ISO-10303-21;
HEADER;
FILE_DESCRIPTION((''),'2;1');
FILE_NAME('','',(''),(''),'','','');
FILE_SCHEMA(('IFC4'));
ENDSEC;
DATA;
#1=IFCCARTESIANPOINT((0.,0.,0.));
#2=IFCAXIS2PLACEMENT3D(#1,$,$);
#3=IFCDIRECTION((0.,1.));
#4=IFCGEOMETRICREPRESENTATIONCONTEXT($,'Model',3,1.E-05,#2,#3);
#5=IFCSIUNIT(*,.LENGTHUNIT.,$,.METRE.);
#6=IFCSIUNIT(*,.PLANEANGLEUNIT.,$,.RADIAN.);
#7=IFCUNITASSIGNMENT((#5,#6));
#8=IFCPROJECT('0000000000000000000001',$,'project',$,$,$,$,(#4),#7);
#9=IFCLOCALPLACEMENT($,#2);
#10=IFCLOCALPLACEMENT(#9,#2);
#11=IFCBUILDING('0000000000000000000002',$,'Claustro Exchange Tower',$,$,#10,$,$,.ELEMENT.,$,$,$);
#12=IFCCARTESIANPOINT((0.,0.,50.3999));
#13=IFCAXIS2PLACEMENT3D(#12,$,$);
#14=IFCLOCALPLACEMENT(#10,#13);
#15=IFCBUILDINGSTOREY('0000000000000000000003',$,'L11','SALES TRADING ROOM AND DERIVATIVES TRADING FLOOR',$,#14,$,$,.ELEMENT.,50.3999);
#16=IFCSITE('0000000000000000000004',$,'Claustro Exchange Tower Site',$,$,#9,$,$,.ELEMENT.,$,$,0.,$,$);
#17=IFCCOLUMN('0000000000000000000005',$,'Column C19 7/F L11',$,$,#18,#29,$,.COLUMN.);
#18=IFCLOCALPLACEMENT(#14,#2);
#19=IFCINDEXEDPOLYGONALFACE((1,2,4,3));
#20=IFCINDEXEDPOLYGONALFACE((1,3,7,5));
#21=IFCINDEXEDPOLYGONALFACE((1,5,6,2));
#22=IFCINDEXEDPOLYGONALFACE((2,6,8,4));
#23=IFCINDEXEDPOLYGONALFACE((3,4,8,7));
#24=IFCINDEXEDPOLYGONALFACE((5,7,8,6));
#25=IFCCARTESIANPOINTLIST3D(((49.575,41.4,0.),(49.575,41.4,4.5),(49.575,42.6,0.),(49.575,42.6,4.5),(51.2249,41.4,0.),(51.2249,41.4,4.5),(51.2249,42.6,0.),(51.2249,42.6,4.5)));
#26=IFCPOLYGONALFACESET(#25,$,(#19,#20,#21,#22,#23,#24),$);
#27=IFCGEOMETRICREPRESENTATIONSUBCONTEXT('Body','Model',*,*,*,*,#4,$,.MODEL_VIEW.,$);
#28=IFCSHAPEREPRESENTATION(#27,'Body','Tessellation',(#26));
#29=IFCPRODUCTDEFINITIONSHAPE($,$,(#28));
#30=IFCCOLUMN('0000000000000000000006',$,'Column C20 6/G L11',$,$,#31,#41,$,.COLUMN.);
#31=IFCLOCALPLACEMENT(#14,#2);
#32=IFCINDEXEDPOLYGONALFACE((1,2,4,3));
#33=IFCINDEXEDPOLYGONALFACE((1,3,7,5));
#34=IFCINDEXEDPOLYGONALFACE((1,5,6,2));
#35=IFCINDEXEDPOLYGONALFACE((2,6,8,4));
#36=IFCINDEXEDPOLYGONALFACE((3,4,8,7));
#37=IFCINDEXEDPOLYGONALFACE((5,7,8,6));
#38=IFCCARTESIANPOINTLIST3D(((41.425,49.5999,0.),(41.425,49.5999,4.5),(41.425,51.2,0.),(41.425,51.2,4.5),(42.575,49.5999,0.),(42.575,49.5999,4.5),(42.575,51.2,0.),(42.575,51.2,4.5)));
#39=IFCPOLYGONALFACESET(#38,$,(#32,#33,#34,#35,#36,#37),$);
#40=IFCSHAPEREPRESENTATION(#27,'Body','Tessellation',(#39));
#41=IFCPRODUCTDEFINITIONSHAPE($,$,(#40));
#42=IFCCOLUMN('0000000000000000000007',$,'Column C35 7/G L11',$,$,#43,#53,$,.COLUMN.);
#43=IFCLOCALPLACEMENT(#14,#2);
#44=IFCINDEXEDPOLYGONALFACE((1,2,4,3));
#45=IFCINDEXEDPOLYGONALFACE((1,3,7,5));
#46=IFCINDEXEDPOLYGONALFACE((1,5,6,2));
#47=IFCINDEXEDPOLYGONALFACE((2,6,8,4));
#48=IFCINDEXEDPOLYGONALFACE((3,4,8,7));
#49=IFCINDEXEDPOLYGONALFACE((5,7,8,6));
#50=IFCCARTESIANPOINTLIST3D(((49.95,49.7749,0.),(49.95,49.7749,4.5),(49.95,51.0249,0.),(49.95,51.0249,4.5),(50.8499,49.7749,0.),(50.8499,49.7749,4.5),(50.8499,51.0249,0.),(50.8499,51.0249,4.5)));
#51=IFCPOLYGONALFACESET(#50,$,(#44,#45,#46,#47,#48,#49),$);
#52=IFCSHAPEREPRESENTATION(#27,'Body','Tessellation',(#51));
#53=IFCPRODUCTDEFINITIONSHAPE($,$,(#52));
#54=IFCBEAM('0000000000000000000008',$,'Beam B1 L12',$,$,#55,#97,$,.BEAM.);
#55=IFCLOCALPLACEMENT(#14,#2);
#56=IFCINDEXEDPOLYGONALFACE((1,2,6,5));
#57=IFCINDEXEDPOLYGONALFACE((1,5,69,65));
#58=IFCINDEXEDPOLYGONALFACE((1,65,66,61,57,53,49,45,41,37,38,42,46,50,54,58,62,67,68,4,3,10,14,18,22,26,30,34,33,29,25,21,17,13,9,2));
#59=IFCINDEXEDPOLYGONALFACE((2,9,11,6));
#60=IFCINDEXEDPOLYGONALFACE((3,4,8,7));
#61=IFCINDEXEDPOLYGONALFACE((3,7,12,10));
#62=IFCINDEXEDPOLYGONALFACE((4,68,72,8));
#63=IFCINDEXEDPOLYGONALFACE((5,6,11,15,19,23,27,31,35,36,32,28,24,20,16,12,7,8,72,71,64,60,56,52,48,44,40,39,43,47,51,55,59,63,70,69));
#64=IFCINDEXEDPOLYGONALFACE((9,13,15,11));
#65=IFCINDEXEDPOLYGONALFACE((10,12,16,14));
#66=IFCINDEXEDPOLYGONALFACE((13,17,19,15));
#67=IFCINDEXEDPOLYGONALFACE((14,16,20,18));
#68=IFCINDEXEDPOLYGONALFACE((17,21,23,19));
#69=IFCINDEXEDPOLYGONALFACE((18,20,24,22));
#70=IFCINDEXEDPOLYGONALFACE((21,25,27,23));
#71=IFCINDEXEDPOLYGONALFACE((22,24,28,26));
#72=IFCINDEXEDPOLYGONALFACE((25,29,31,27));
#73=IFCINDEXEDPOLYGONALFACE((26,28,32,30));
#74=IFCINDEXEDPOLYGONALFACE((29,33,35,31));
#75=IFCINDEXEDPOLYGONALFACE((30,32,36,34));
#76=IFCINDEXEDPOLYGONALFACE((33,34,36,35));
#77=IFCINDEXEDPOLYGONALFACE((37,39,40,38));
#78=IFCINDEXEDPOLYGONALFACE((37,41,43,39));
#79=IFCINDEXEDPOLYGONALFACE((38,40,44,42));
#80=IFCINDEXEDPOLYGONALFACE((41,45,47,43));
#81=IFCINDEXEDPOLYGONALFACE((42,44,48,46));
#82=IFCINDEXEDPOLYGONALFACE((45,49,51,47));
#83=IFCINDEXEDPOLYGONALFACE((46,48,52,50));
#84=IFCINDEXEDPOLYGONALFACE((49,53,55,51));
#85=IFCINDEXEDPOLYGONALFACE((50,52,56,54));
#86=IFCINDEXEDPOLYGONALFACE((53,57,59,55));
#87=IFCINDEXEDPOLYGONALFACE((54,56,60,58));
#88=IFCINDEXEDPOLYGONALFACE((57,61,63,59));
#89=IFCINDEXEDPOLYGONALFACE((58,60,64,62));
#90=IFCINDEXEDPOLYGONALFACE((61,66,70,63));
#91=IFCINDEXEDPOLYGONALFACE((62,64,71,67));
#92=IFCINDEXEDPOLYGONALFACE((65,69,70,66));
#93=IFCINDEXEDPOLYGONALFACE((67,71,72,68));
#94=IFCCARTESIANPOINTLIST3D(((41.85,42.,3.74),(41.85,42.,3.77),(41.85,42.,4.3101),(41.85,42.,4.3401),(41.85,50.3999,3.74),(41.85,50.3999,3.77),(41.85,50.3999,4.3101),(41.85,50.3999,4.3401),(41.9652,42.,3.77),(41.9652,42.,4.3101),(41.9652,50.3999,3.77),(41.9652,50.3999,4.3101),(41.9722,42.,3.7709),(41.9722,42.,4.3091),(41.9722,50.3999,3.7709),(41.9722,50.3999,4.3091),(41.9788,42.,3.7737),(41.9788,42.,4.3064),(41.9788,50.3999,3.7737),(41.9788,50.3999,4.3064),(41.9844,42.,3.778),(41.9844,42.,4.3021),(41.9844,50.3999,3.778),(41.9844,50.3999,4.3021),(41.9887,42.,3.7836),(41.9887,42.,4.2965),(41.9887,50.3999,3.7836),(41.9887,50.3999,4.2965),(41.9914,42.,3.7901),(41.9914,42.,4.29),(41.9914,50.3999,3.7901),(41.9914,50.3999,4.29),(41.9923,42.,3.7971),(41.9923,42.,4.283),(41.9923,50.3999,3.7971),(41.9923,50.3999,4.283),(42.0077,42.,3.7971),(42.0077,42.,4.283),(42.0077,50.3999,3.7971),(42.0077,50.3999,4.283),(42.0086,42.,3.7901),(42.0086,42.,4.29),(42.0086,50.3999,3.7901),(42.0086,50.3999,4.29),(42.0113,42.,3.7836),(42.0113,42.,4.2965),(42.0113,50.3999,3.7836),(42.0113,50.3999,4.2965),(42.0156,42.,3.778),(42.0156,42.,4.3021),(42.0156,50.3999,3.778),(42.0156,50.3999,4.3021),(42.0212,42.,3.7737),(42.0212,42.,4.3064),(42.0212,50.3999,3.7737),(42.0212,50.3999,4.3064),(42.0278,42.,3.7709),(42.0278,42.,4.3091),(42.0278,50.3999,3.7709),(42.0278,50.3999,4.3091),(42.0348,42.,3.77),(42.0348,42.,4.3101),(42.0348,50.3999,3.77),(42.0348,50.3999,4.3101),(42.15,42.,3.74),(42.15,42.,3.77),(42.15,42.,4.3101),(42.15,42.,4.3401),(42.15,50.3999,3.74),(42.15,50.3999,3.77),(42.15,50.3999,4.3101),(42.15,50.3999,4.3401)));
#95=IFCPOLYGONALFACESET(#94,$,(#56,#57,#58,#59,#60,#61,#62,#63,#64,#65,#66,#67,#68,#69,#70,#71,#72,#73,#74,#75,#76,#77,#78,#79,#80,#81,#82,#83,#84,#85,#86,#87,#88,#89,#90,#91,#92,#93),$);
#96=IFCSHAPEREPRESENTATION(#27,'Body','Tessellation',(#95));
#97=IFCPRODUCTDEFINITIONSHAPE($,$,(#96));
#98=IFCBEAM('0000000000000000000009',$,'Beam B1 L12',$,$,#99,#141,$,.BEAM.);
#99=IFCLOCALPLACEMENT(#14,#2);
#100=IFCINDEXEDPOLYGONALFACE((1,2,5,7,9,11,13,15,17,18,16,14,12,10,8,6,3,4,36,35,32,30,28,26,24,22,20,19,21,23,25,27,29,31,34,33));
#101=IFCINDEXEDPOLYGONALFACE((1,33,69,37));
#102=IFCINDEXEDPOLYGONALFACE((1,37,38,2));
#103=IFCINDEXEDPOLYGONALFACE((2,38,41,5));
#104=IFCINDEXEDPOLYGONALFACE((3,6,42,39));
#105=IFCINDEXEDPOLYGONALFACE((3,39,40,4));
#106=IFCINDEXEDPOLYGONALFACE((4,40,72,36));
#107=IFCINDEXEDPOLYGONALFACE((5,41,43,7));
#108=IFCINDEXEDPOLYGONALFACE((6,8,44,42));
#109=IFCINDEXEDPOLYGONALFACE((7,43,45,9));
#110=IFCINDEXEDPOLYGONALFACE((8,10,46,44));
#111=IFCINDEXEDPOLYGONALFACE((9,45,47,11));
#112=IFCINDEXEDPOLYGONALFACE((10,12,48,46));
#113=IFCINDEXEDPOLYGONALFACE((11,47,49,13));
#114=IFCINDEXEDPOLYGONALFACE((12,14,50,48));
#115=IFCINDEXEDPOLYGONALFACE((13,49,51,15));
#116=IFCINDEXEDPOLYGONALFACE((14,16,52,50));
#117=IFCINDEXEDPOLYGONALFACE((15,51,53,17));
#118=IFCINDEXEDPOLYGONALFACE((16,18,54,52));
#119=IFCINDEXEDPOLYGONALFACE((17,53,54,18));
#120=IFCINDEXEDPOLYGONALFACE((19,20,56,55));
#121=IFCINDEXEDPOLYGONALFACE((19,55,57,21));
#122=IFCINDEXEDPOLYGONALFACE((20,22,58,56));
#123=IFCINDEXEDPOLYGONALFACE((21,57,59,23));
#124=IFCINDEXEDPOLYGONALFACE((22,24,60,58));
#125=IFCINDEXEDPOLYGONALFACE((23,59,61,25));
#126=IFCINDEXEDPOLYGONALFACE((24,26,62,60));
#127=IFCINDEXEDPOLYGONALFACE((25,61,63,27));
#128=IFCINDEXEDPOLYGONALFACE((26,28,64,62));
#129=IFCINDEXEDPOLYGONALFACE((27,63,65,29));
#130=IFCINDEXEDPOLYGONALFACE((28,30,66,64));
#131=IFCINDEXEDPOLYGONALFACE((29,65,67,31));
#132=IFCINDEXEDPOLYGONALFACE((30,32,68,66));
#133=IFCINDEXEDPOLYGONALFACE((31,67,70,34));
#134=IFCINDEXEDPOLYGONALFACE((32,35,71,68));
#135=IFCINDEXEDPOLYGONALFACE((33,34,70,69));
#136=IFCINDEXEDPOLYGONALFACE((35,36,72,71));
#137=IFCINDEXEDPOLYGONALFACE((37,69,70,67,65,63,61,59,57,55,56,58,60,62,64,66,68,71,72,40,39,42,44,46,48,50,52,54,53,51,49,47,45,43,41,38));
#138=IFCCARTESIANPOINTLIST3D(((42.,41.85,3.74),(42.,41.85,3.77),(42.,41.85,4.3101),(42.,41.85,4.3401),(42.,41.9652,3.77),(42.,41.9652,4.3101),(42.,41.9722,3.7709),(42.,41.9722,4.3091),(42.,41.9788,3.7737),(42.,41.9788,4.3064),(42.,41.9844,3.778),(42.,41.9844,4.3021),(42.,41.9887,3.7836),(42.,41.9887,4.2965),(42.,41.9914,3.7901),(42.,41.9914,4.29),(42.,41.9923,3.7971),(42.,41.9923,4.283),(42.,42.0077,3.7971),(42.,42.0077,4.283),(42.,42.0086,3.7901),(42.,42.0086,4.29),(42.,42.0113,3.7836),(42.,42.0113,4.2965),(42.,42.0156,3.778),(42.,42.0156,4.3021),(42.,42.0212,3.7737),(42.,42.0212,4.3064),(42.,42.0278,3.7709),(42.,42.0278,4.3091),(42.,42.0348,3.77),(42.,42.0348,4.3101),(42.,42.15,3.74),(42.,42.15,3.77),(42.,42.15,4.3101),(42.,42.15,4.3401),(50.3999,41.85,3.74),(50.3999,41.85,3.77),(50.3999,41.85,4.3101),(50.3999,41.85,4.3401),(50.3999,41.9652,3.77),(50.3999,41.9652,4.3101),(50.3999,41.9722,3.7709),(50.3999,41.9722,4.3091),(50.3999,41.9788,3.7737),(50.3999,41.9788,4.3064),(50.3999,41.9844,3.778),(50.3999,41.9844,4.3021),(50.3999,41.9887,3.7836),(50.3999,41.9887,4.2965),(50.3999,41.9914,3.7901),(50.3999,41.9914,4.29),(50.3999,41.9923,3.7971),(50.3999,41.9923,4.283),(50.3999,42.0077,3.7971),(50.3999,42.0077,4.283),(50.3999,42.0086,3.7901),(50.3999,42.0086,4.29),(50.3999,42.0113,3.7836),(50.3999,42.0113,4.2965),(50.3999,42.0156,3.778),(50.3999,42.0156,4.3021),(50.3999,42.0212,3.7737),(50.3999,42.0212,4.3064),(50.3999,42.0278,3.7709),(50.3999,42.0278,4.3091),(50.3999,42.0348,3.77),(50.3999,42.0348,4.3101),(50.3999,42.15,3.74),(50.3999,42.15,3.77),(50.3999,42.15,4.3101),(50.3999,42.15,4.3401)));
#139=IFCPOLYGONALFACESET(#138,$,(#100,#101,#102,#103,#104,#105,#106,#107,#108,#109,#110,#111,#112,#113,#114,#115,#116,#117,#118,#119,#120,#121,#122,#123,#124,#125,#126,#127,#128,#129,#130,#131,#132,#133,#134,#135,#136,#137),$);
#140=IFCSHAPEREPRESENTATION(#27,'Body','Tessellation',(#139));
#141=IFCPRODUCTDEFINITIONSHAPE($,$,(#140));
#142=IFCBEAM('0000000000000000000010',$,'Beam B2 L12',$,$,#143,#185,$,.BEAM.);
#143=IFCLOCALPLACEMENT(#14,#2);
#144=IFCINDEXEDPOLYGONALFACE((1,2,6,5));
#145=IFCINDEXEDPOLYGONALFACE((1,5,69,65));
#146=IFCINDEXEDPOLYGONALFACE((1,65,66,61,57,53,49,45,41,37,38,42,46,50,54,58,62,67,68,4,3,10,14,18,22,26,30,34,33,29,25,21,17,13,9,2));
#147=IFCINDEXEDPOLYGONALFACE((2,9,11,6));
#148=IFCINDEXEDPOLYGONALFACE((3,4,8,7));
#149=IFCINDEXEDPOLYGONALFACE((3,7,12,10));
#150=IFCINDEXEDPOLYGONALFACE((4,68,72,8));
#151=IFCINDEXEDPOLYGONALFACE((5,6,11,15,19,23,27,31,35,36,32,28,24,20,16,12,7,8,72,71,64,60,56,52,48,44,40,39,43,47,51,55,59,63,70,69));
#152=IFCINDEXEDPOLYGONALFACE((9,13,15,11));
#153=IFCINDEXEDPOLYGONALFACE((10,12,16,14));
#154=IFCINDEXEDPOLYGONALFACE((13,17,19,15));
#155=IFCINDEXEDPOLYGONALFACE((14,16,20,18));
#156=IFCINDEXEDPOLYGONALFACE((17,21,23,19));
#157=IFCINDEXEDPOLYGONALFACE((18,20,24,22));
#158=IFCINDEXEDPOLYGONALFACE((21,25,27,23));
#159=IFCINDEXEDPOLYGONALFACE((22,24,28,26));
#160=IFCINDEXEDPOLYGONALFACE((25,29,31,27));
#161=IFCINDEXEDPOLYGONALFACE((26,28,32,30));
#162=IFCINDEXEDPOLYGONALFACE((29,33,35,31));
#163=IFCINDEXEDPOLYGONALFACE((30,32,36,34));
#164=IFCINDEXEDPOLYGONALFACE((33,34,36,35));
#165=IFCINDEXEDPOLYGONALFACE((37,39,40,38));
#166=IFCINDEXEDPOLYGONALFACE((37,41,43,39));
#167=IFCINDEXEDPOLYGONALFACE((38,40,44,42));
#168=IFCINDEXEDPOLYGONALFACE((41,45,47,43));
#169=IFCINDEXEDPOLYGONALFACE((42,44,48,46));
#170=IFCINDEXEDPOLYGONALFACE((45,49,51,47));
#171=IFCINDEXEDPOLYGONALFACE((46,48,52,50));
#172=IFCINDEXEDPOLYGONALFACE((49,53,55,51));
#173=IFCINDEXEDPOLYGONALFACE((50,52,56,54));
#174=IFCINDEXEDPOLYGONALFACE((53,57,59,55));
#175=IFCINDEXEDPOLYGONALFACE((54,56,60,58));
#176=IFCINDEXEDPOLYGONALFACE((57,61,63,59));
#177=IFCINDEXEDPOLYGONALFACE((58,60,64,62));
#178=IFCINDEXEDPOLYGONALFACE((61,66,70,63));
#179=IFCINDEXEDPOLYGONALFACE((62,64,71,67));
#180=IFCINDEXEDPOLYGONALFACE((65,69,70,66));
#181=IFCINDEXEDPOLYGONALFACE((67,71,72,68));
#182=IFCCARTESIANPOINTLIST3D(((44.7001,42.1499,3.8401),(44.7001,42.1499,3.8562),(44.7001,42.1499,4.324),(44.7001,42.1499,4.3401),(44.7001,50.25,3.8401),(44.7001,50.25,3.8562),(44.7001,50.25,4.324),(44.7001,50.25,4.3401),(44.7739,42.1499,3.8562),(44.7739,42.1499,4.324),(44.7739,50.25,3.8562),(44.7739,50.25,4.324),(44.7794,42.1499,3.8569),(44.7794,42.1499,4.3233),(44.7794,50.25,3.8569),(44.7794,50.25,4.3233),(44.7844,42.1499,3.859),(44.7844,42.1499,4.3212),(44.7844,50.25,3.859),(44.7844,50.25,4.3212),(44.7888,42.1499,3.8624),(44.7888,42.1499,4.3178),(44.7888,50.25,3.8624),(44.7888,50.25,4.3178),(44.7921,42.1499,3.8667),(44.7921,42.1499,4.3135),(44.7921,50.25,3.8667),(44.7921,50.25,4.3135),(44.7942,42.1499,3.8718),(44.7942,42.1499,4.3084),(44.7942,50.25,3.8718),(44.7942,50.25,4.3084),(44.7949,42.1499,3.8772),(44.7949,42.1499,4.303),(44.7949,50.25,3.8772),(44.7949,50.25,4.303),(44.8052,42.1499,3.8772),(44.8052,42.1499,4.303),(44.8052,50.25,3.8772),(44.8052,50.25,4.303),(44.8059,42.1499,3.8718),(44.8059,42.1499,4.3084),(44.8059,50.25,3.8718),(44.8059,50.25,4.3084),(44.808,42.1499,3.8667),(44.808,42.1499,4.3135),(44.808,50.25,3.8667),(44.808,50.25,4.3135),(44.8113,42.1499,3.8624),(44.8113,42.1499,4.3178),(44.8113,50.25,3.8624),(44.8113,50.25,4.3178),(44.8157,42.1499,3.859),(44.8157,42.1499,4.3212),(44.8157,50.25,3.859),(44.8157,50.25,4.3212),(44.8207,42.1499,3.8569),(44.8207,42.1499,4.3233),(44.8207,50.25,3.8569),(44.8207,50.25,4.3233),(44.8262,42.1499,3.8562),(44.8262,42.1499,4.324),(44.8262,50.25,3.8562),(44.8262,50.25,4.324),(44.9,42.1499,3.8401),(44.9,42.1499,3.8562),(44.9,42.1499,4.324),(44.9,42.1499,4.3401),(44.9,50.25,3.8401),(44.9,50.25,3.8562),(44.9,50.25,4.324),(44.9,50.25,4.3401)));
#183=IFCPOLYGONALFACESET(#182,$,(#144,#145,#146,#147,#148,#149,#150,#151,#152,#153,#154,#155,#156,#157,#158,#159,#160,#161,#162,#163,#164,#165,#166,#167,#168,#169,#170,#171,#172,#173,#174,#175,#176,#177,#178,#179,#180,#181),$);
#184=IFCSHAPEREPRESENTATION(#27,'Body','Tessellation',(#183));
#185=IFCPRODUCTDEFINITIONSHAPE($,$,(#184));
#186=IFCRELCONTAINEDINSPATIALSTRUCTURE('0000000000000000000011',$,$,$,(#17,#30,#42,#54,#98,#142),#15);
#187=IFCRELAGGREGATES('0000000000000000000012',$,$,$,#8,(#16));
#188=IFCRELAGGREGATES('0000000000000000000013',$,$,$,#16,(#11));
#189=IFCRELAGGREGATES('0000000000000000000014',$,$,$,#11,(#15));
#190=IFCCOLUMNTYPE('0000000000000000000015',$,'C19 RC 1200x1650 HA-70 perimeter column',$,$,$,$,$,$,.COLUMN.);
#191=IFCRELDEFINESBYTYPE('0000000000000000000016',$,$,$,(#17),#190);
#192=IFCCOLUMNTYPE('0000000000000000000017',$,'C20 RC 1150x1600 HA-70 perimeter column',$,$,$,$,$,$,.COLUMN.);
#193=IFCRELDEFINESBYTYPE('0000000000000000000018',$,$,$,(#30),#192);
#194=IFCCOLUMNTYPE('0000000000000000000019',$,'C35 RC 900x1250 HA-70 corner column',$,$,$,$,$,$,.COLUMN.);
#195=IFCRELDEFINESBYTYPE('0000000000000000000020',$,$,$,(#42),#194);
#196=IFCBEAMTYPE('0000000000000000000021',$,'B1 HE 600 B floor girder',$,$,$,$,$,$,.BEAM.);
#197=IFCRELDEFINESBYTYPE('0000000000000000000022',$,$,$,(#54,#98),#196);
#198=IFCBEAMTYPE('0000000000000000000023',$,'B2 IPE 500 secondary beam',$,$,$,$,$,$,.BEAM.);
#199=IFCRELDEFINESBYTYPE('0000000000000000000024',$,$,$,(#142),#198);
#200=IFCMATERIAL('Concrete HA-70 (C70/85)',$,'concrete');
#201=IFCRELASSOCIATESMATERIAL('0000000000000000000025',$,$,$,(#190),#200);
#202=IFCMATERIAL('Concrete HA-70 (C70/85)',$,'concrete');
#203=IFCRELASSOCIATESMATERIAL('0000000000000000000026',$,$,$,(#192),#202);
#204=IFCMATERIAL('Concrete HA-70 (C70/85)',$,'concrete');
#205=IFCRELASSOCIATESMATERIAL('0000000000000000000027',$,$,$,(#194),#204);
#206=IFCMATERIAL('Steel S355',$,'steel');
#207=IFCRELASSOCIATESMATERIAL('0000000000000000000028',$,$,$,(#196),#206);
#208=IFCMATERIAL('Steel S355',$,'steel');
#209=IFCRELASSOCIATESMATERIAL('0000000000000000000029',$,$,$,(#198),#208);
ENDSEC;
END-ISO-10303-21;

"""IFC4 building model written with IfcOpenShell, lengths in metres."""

from ifc_helpers import new_model, si_unit, direction, frame, origin, origin_2d, place, context, subcontext, project, spatial, rectangle, i_section, extrude, material, material_profile, profile_set, type_object, element, save


model = new_model("IFC4")

# Units and contexts
model_context = context("Model", 3, precision=1e-05, world=origin(), true_north=direction((0.0, 1.0)))
body_context = subcontext(model_context, "Body", "Model", "MODEL_VIEW")
ifc_project = project(units=[si_unit("LENGTHUNIT", "METRE"), si_unit("PLANEANGLEUNIT", "RADIAN")], contexts=[model_context])

# Site, building, storey
site_placement = place(None, origin())
site = spatial("IfcSite", under=ifc_project, at=site_placement, Name="Claustro Exchange Tower Site", CompositionType="ELEMENT", RefElevation=0.0)
building_placement = place(site_placement, origin())
building = spatial("IfcBuilding", under=site, at=building_placement, Name="Claustro Exchange Tower", CompositionType="ELEMENT")
storey_placement = place(building_placement, frame((0.0, 0.0, 50.3999)))
storey = spatial("IfcBuildingStorey", under=building, at=storey_placement, Name="L11", Description="SALES TRADING ROOM AND DERIVATIVES TRADING FLOOR", CompositionType="ELEMENT", Elevation=50.3999)

# Columns
ifc_material_1 = material(Name="Concrete HA-70 (C70/85)", Category="concrete")
ifc_material_profile_1 = material_profile(ifc_material_1, rectangle(XDim=1.2, YDim=1.6499, at=origin_2d()), Name="RC 1200x1650")
ifc_profile_set_1 = profile_set([ifc_material_profile_1], Name="Concrete HA-70 (C70/85)")
column_type_1 = type_object("IfcColumnType", Name="C19 RC 1200x1650 HA-70 perimeter column", PredefinedType="COLUMN", material=ifc_profile_set_1)
column_1_placement = place(storey_placement, frame((50.3999, 42.0, 0.0), z_axis=(0.0, 0.0, 1.0), x_axis=(0.0, 1.0, 0.0)))
element("IfcColumn", 1, at=column_1_placement, inside=storey, type_object=column_type_1, Name="Column C19 7/F L11", PredefinedType="COLUMN", context=body_context, shape_type="SweptSolid", body=[
    extrude(rectangle(XDim=1.2, YDim=1.6499, at=origin_2d()), origin(), (0.0, 0.0, 1.0), 4.5),
])
ifc_material_2 = material(Name="Concrete HA-70 (C70/85)", Category="concrete")
ifc_material_profile_2 = material_profile(ifc_material_2, rectangle(XDim=1.1499, YDim=1.6001, at=origin_2d()), Name="RC 1150x1600")
ifc_profile_set_2 = profile_set([ifc_material_profile_2], Name="Concrete HA-70 (C70/85)")
column_type_2 = type_object("IfcColumnType", Name="C20 RC 1150x1600 HA-70 perimeter column", PredefinedType="COLUMN", material=ifc_profile_set_2)
column_2_placement = place(storey_placement, frame((42.0, 50.3999, 0.0), z_axis=(0.0, 0.0, 1.0), x_axis=(1.0, 0.0, 0.0)))
element("IfcColumn", 2, at=column_2_placement, inside=storey, type_object=column_type_2, Name="Column C20 6/G L11", PredefinedType="COLUMN", context=body_context, shape_type="SweptSolid", body=[
    extrude(rectangle(XDim=1.1499, YDim=1.6001, at=origin_2d()), origin(), (0.0, 0.0, 1.0), 4.5),
])
ifc_material_3 = material(Name="Concrete HA-70 (C70/85)", Category="concrete")
ifc_material_profile_3 = material_profile(ifc_material_3, rectangle(XDim=0.8999, YDim=1.25, at=origin_2d()), Name="RC 900x1250")
ifc_profile_set_3 = profile_set([ifc_material_profile_3], Name="Concrete HA-70 (C70/85)")
column_type_3 = type_object("IfcColumnType", Name="C35 RC 900x1250 HA-70 corner column", PredefinedType="COLUMN", material=ifc_profile_set_3)
column_3_placement = place(storey_placement, frame((50.3999, 50.3999, 0.0), z_axis=(0.0, 0.0, 1.0), x_axis=(1.0, 0.0, 0.0)))
element("IfcColumn", 3, at=column_3_placement, inside=storey, type_object=column_type_3, Name="Column C35 7/G L11", PredefinedType="COLUMN", context=body_context, shape_type="SweptSolid", body=[
    extrude(rectangle(XDim=0.8999, YDim=1.25, at=origin_2d()), origin(), (0.0, 0.0, 1.0), 4.5),
])

# Beams
ifc_material_4 = material(Name="Steel S355", Category="steel")
ifc_material_profile_4 = material_profile(ifc_material_4, i_section(OverallWidth=0.3, OverallDepth=0.6001, WebThickness=0.0154, FlangeThickness=0.03, FilletRadius=0.0271, at=origin_2d()), Name="HE 600 B")
ifc_profile_set_4 = profile_set([ifc_material_profile_4], Name="Steel S355")
beam_type_1 = type_object("IfcBeamType", Name="B1 HE 600 B floor girder", PredefinedType="BEAM", material=ifc_profile_set_4)
for number, where, z_axis, x_axis, name in (
    (4, (42.0, 42.0, 4.04), (0.0, 1.0, 0.0), (-1.0, 0.0, 0.0), "Beam B1 L12"),
    (5, (42.0, 42.0, 4.04), (1.0, 0.0, 0.0), (0.0, 1.0, 0.0), "Beam B1 L12"),
):
    element("IfcBeam", number, at=place(storey_placement, frame(where, z_axis=z_axis, x_axis=x_axis)), inside=storey, type_object=beam_type_1, Name=name, PredefinedType="BEAM", context=body_context, shape_type="SweptSolid", body=[
        extrude(i_section(OverallWidth=0.3, OverallDepth=0.6001, WebThickness=0.0154, FlangeThickness=0.03, FilletRadius=0.0271, at=origin_2d()), origin(), (0.0, 0.0, 1.0), 8.3999),
    ])
ifc_material_5 = material(Name="Steel S355", Category="steel")
ifc_material_profile_5 = material_profile(ifc_material_5, i_section(OverallWidth=0.2, OverallDepth=0.5, WebThickness=0.0103, FlangeThickness=0.0161, FilletRadius=0.021, at=origin_2d()), Name="IPE 500")
ifc_profile_set_5 = profile_set([ifc_material_profile_5], Name="Steel S355")
beam_type_2 = type_object("IfcBeamType", Name="B2 IPE 500 secondary beam", PredefinedType="BEAM", material=ifc_profile_set_5)
for number, where, z_axis, x_axis, name in (
    (6, (44.8, 42.1499, 4.0901), (0.0, 1.0, 0.0), (-1.0, 0.0, 0.0), "Beam B2 L12"),
):
    element("IfcBeam", number, at=place(storey_placement, frame(where, z_axis=z_axis, x_axis=x_axis)), inside=storey, type_object=beam_type_2, Name=name, PredefinedType="BEAM", context=body_context, shape_type="SweptSolid", body=[
        extrude(i_section(OverallWidth=0.2, OverallDepth=0.5, WebThickness=0.0103, FlangeThickness=0.0161, FilletRadius=0.021, at=origin_2d()), origin(), (0.0, 0.0, 1.0), 8.1001),
    ])

save(model, "model.ifc")
